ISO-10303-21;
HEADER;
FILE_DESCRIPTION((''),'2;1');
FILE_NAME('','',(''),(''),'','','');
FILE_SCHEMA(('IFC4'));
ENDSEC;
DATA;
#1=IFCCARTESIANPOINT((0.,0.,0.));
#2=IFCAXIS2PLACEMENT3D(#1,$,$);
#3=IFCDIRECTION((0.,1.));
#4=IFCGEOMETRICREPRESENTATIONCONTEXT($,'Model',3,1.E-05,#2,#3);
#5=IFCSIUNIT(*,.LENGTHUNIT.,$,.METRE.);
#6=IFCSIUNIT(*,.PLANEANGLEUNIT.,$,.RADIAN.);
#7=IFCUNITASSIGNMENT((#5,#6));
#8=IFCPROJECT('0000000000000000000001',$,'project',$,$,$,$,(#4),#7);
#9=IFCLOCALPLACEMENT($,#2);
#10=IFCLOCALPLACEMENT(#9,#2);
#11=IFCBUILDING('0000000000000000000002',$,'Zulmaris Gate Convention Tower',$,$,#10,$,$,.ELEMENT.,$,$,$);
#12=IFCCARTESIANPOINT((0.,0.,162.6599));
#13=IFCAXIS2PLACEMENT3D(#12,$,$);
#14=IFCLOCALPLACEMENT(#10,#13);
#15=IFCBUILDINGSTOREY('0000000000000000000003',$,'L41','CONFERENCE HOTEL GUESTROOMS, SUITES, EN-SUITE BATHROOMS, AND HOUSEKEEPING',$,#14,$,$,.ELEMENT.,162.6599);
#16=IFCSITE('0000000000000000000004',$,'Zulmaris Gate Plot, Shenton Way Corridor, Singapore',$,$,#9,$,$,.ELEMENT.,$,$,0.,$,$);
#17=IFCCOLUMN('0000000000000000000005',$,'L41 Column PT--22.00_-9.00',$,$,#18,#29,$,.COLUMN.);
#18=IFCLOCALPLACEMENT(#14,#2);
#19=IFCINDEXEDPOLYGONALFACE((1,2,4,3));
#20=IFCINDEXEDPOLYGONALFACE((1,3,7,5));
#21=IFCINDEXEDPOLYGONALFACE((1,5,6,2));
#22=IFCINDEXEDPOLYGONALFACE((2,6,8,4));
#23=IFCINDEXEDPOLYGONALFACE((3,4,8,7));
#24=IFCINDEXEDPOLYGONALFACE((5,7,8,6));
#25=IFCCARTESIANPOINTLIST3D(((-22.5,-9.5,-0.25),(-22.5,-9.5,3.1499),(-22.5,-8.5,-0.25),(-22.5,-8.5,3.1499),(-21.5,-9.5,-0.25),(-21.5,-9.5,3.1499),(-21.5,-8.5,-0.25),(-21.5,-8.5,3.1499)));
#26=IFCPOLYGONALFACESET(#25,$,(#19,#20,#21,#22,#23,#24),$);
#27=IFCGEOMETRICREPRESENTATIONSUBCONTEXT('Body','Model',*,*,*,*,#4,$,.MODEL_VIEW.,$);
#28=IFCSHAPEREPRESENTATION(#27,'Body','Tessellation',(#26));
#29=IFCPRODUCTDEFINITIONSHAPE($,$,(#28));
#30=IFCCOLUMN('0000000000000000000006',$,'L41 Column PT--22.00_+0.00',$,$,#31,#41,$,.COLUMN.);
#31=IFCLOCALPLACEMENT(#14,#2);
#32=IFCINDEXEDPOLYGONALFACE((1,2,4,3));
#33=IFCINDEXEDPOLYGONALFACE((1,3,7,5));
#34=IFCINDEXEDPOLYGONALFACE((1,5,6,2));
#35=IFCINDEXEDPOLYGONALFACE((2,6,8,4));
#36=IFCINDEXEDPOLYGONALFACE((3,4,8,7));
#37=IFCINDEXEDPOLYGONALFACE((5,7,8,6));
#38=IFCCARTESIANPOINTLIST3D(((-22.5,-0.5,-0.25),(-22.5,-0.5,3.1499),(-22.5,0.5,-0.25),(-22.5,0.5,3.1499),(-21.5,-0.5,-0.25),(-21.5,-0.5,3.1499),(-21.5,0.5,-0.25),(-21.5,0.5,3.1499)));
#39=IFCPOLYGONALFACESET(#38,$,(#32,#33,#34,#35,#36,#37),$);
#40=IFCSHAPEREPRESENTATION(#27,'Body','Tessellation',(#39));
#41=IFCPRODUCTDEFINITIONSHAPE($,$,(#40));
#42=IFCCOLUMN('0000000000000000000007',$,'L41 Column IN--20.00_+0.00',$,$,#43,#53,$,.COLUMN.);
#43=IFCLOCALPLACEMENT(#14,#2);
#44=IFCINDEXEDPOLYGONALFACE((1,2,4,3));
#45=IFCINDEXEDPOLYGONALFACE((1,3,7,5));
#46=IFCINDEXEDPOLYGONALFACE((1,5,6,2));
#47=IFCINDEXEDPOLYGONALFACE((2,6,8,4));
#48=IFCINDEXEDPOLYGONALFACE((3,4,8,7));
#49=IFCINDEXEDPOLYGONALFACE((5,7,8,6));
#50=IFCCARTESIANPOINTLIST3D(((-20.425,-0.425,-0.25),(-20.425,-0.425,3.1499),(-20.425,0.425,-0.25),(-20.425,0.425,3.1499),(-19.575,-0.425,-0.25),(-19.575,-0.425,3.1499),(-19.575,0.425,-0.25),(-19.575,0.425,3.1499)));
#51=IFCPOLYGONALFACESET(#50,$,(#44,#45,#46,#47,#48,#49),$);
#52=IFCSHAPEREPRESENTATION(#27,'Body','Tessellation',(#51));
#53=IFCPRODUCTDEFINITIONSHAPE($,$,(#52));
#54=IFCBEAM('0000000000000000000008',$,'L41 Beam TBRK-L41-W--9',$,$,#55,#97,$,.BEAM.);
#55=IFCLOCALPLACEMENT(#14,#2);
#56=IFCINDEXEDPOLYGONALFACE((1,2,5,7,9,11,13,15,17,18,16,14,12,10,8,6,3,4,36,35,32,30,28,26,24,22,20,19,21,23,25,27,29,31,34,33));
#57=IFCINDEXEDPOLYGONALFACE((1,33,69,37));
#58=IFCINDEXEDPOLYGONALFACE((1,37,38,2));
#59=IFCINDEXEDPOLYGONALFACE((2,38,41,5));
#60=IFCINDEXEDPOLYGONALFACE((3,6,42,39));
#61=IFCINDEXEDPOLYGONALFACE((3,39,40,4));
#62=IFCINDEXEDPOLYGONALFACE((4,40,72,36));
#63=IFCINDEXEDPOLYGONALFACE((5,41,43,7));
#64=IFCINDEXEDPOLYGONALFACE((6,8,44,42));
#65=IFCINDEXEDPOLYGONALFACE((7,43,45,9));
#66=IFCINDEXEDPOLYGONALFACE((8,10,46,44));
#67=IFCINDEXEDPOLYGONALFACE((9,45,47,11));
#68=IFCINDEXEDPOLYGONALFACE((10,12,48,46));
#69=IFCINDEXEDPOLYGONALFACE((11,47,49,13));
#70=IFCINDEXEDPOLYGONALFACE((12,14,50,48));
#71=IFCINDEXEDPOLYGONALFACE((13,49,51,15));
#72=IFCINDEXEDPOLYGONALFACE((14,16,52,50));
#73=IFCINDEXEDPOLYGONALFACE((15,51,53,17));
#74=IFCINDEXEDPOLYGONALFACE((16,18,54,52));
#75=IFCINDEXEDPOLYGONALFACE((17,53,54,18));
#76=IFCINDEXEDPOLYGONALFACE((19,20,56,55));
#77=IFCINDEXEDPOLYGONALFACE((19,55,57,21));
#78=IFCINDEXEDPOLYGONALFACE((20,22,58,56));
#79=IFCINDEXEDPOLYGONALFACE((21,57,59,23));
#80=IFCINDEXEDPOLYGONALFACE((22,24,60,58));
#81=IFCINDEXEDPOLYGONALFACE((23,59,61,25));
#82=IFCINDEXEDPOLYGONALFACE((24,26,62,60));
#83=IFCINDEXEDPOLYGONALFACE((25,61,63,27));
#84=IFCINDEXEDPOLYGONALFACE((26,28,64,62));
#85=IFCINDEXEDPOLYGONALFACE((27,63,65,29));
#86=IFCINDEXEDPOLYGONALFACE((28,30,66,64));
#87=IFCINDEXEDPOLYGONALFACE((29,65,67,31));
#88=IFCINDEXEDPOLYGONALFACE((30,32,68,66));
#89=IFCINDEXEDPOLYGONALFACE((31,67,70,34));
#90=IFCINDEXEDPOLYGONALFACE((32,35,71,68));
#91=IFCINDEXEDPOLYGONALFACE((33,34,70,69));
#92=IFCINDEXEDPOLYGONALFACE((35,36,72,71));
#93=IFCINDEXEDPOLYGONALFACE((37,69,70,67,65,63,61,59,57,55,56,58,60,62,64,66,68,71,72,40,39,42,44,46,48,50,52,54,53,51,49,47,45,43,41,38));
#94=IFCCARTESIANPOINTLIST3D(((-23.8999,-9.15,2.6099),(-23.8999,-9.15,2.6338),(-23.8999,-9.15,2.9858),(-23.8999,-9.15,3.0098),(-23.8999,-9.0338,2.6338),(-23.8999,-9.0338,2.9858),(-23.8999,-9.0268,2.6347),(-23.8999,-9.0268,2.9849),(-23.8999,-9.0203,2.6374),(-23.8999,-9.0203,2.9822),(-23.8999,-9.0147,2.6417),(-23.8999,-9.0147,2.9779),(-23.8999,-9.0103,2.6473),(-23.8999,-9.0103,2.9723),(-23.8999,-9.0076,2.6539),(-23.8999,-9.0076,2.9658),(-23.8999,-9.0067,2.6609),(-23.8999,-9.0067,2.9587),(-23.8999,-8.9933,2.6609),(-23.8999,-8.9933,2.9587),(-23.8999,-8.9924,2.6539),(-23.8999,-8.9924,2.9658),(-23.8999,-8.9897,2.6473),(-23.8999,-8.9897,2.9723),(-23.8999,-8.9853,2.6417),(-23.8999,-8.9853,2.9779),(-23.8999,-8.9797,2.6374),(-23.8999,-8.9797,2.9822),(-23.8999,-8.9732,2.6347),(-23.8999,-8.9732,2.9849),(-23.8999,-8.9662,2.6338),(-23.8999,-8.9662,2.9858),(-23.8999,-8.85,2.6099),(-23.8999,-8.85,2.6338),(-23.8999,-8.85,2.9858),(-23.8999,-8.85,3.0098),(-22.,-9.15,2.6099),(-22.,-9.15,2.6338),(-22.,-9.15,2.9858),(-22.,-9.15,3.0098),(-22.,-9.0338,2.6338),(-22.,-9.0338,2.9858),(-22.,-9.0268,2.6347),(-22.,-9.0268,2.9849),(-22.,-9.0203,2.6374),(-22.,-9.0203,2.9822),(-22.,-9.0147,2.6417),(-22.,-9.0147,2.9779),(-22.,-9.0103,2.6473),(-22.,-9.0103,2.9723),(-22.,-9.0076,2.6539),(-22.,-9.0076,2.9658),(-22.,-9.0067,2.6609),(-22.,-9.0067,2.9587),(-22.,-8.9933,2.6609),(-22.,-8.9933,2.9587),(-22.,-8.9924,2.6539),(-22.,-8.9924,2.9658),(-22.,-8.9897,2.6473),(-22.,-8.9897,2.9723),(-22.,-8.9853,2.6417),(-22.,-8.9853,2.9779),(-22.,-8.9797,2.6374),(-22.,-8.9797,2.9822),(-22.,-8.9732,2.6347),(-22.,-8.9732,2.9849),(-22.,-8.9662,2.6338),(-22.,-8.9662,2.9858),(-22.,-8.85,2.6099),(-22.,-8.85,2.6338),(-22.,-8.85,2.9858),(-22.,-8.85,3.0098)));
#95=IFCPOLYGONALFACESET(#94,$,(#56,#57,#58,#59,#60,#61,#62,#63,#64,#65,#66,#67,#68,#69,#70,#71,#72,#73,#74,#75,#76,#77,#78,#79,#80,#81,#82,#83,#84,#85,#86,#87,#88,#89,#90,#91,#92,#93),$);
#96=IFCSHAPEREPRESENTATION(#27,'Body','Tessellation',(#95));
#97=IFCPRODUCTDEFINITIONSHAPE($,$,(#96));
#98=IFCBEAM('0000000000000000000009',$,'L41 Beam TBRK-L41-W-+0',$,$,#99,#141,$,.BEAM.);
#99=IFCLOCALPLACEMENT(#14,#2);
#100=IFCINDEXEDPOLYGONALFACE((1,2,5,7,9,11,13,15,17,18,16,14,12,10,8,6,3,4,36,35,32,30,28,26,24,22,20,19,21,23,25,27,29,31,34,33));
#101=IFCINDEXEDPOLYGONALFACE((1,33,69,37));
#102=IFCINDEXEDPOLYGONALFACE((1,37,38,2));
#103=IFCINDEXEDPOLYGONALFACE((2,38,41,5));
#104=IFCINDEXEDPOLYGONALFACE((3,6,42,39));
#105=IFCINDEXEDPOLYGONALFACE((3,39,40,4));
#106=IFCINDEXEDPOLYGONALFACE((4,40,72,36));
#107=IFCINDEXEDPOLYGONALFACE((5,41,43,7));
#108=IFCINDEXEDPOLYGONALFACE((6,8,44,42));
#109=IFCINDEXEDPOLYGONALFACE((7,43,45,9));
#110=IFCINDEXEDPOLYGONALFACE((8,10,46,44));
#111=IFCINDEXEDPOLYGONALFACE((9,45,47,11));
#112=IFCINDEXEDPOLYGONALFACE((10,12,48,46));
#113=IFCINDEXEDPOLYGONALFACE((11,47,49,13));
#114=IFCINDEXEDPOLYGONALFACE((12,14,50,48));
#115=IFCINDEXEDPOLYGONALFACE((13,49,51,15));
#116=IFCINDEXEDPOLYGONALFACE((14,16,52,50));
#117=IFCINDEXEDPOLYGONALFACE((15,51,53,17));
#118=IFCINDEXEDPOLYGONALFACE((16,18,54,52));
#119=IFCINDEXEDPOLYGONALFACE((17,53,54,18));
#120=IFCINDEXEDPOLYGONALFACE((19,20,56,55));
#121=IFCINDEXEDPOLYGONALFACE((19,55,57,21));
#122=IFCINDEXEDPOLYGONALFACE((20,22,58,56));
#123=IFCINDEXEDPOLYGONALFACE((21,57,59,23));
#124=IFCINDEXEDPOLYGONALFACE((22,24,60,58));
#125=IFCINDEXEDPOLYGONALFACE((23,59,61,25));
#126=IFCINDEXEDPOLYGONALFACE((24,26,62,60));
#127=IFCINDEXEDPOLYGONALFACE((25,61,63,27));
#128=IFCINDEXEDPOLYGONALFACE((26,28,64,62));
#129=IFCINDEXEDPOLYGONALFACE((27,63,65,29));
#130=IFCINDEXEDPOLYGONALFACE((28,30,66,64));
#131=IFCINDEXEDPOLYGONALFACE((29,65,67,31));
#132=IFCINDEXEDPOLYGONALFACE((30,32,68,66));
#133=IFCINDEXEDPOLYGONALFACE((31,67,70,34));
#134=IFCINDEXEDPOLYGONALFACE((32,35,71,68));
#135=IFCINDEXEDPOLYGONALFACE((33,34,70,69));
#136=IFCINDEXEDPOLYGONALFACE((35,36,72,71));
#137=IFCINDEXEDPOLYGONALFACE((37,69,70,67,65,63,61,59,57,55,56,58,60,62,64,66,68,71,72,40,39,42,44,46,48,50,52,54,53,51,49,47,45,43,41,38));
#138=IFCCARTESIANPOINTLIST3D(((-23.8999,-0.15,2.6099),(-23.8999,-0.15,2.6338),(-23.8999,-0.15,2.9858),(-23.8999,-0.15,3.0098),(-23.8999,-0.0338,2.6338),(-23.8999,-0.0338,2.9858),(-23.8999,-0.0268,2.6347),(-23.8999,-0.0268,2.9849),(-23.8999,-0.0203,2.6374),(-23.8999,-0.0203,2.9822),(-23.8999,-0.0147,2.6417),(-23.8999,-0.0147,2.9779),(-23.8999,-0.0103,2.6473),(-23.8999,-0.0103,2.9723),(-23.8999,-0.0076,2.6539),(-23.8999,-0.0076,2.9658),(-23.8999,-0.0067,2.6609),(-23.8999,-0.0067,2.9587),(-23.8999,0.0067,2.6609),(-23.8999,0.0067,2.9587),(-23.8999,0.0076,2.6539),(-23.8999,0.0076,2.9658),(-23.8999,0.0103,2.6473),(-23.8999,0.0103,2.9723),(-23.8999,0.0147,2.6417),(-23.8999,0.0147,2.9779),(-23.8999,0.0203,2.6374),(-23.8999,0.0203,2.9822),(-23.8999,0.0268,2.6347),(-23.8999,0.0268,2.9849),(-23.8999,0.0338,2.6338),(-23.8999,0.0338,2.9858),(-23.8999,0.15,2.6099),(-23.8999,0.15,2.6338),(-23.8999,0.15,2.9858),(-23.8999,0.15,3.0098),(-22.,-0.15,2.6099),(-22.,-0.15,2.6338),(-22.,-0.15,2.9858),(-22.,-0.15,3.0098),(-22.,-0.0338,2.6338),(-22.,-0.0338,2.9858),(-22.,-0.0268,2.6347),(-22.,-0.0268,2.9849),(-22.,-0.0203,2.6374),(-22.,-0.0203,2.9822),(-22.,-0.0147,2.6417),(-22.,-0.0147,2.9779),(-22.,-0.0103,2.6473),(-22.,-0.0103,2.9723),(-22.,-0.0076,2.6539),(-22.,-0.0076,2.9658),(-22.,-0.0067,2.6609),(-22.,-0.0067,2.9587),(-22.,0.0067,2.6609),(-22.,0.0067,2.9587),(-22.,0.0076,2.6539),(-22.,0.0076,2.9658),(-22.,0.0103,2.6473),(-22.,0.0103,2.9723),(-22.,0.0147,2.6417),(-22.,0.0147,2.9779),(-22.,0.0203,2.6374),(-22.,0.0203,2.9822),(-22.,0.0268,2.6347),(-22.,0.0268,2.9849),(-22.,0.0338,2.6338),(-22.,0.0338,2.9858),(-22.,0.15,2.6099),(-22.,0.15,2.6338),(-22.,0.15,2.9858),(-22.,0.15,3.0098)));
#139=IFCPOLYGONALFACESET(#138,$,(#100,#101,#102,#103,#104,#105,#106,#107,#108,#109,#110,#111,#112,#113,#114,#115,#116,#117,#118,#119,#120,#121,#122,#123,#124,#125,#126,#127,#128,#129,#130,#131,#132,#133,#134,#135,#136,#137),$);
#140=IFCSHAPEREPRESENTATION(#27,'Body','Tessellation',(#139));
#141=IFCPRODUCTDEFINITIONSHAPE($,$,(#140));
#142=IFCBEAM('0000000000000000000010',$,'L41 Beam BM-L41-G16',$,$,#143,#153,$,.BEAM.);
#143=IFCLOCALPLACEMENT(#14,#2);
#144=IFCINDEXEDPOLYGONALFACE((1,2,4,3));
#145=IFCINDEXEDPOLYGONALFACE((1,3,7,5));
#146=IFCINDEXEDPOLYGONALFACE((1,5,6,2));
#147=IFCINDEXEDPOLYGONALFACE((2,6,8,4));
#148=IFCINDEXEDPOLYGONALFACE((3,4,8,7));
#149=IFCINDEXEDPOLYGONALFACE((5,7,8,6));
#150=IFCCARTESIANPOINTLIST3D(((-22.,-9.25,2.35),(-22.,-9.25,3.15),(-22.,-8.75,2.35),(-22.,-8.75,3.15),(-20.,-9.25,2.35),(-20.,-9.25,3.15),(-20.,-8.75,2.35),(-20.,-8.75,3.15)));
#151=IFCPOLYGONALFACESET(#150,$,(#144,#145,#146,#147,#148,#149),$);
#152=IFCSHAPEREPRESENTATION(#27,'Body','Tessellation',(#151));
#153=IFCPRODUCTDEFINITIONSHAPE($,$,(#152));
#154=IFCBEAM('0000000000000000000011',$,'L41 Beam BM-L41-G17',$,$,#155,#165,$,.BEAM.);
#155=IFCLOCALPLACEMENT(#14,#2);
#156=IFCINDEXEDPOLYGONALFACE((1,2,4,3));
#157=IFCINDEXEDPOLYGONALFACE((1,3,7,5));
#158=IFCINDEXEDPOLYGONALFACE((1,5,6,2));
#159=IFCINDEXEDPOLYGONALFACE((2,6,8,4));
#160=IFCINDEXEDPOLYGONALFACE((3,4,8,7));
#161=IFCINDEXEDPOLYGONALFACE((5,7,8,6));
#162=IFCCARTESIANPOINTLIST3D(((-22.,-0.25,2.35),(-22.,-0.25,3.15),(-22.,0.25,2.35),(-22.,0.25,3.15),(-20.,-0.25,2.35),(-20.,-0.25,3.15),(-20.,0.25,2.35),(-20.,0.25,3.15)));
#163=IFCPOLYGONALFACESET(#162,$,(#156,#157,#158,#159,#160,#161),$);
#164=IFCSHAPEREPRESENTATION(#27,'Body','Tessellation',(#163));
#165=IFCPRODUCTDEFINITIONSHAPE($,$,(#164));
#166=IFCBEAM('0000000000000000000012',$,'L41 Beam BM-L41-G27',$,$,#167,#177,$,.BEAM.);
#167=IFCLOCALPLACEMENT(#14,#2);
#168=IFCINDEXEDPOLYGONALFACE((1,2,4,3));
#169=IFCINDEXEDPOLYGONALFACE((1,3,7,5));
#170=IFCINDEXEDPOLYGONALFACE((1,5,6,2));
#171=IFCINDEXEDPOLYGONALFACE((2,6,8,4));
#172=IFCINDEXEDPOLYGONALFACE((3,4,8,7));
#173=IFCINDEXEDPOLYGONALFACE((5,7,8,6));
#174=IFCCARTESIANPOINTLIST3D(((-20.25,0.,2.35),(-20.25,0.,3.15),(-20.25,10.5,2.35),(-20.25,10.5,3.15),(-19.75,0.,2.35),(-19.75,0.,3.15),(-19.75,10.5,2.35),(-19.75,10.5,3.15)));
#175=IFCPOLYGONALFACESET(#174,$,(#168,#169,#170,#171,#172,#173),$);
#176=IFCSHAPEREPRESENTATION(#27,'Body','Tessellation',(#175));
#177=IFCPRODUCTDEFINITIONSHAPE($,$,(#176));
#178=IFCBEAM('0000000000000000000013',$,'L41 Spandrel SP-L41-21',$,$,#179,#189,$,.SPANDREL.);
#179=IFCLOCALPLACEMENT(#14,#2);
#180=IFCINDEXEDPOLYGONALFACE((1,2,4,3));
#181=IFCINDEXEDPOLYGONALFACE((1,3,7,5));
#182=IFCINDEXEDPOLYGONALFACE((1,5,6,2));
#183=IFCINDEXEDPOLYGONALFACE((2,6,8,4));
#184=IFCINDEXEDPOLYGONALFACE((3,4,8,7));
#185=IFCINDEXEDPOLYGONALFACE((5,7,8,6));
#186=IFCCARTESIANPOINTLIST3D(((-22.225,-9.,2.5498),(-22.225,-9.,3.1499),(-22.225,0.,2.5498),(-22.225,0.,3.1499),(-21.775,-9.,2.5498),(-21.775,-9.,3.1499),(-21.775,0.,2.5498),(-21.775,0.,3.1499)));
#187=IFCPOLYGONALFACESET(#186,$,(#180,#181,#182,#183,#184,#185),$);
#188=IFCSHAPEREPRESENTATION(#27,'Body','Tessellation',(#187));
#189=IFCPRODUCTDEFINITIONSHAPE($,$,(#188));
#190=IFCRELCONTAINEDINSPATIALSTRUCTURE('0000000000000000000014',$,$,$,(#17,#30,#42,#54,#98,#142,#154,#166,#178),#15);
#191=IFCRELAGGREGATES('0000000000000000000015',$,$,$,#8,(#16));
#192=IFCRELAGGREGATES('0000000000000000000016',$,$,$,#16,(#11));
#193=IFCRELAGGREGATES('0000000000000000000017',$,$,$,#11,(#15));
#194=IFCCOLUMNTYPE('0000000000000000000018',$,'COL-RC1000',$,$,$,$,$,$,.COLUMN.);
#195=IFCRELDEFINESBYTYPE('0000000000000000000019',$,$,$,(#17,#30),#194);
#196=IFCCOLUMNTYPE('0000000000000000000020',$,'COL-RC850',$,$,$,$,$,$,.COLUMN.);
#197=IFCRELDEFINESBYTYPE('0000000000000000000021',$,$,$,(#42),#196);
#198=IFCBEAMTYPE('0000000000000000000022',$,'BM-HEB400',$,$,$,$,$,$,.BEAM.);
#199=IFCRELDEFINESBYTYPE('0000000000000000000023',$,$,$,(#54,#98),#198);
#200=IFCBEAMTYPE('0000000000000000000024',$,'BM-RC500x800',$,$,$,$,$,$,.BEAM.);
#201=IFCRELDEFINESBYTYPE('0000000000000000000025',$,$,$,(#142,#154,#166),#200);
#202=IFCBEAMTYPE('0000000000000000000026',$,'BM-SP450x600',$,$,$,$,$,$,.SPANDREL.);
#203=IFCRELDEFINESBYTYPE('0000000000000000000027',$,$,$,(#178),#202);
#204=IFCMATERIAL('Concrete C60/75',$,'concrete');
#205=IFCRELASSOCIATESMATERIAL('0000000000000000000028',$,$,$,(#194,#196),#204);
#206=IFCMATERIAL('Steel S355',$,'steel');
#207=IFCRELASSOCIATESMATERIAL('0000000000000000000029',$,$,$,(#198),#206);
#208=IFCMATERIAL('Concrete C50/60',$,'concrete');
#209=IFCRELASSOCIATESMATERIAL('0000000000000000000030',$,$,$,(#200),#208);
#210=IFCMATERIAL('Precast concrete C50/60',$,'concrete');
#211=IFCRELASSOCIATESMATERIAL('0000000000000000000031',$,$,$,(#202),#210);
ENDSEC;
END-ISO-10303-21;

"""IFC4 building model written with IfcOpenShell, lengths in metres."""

from ifc_helpers import new_model, si_unit, direction, frame, origin, origin_2d, place, context, subcontext, project, spatial, rectangle, i_section, extrude, material, material_profile, profile_set, type_object, element, save


model = new_model("IFC4")

# Units and contexts
model_context = context("Model", 3, precision=1e-05, world=origin(), true_north=direction((0.0, 1.0)))
body_context = subcontext(model_context, "Body", "Model", "MODEL_VIEW")
ifc_project = project(units=[si_unit("LENGTHUNIT", "METRE"), si_unit("PLANEANGLEUNIT", "RADIAN")], contexts=[model_context])

# Site, building, storey
site_placement = place(None, origin())
site = spatial("IfcSite", under=ifc_project, at=site_placement, Name="Zulmaris Gate Plot, Shenton Way Corridor, Singapore", CompositionType="ELEMENT", RefElevation=0.0)
building_placement = place(site_placement, origin())
building = spatial("IfcBuilding", under=site, at=building_placement, Name="Zulmaris Gate Convention Tower", CompositionType="ELEMENT")
storey_placement = place(building_placement, frame((0.0, 0.0, 162.6599)))
storey = spatial("IfcBuildingStorey", under=building, at=storey_placement, Name="L41", Description="CONFERENCE HOTEL GUESTROOMS, SUITES, EN-SUITE BATHROOMS, AND HOUSEKEEPING", CompositionType="ELEMENT", Elevation=162.6599)

# Columns
ifc_material_1 = material(Name="Concrete C60/75", Category="concrete")
ifc_material_profile_1 = material_profile(ifc_material_1, rectangle(XDim=1.0, YDim=1.0, at=origin_2d()), Name="RC COL 1000x1000")
ifc_profile_set_1 = profile_set([ifc_material_profile_1], Name="Concrete C60/75")
column_type_1 = type_object("IfcColumnType", Name="COL-RC1000", PredefinedType="COLUMN", material=ifc_profile_set_1)
for number, where, z_axis, x_axis, name in (
    (1, (-22.0, -9.0, -0.25), (0.0, 0.0, 1.0), (1.0, 0.0, 0.0), "L41 Column PT--22.00_-9.00"),
    (2, (-22.0, 0.0, -0.25), (0.0, 0.0, 1.0), (1.0, 0.0, 0.0), "L41 Column PT--22.00_+0.00"),
):
    element("IfcColumn", number, at=place(storey_placement, frame(where, z_axis=z_axis, x_axis=x_axis)), inside=storey, type_object=column_type_1, Name=name, PredefinedType="COLUMN", context=body_context, shape_type="SweptSolid", body=[
        extrude(rectangle(XDim=1.0, YDim=1.0, at=origin_2d()), origin(), (0.0, 0.0, 1.0), 3.3999),
    ])
ifc_material_profile_2 = material_profile(ifc_material_1, rectangle(XDim=0.8501, YDim=0.8501, at=origin_2d()), Name="RC COL 850x850")
ifc_profile_set_2 = profile_set([ifc_material_profile_2], Name="Concrete C60/75")
column_type_2 = type_object("IfcColumnType", Name="COL-RC850", PredefinedType="COLUMN", material=ifc_profile_set_2)
column_placement = place(storey_placement, frame((-20.0, 0.0, -0.25), z_axis=(0.0, 0.0, 1.0), x_axis=(1.0, 0.0, 0.0)))
element("IfcColumn", 3, at=column_placement, inside=storey, type_object=column_type_2, Name="L41 Column IN--20.00_+0.00", PredefinedType="COLUMN", context=body_context, shape_type="SweptSolid", body=[
    extrude(rectangle(XDim=0.8501, YDim=0.8501, at=origin_2d()), origin(), (0.0, 0.0, 1.0), 3.3999),
])

# Beams
ifc_material_2 = material(Name="Steel S355", Category="steel")
ifc_material_profile_3 = material_profile(ifc_material_2, i_section(OverallWidth=0.3, OverallDepth=0.3999, WebThickness=0.0134, FlangeThickness=0.0239, FilletRadius=0.0271, at=origin_2d()), Name="HEB 400")
ifc_profile_set_3 = profile_set([ifc_material_profile_3], Name="Steel S355")
beam_type_1 = type_object("IfcBeamType", Name="BM-HEB400", PredefinedType="BEAM", material=ifc_profile_set_3)
for number, where, z_axis, x_axis, name in (
    (4, (-23.8999, -9.0, 2.8098), (1.0, 0.0, 0.0), (0.0, 1.0, 0.0), "L41 Beam TBRK-L41-W--9"),
    (5, (-23.8999, 0.0, 2.8098), (1.0, 0.0, 0.0), (0.0, 1.0, 0.0), "L41 Beam TBRK-L41-W-+0"),
):
    element("IfcBeam", number, at=place(storey_placement, frame(where, z_axis=z_axis, x_axis=x_axis)), inside=storey, type_object=beam_type_1, Name=name, PredefinedType="BEAM", context=body_context, shape_type="SweptSolid", body=[
        extrude(i_section(OverallWidth=0.3, OverallDepth=0.3999, WebThickness=0.0134, FlangeThickness=0.0239, FilletRadius=0.0271, at=origin_2d()), origin(), (0.0, 0.0, 1.0), 1.8999),
    ])
ifc_material_3 = material(Name="Concrete C50/60", Category="concrete")
ifc_material_profile_4 = material_profile(ifc_material_3, rectangle(XDim=0.5, YDim=0.8, at=origin_2d()), Name="RC BEAM 500x800")
ifc_profile_set_4 = profile_set([ifc_material_profile_4], Name="Concrete C50/60")
beam_type_2 = type_object("IfcBeamType", Name="BM-RC500x800", PredefinedType="BEAM", material=ifc_profile_set_4)
for number, where, z_axis, x_axis, name in (
    (6, (-22.0, -9.0, 2.75), (1.0, 0.0, 0.0), (0.0, 1.0, 0.0), "L41 Beam BM-L41-G16"),
    (7, (-22.0, 0.0, 2.75), (1.0, 0.0, 0.0), (0.0, 1.0, 0.0), "L41 Beam BM-L41-G17"),
):
    element("IfcBeam", number, at=place(storey_placement, frame(where, z_axis=z_axis, x_axis=x_axis)), inside=storey, type_object=beam_type_2, Name=name, PredefinedType="BEAM", context=body_context, shape_type="SweptSolid", body=[
        extrude(rectangle(XDim=0.5, YDim=0.8, at=origin_2d()), origin(), (0.0, 0.0, 1.0), 2.0),
    ])
beam_1_placement = place(storey_placement, frame((-20.0, 0.0, 2.75), z_axis=(0.0, 1.0, 0.0), x_axis=(-1.0, 0.0, 0.0)))
element("IfcBeam", 8, at=beam_1_placement, inside=storey, type_object=beam_type_2, Name="L41 Beam BM-L41-G27", PredefinedType="BEAM", context=body_context, shape_type="SweptSolid", body=[
    extrude(rectangle(XDim=0.5, YDim=0.8, at=origin_2d()), origin(), (0.0, 0.0, 1.0), 10.5),
])
ifc_material_4 = material(Name="Precast concrete C50/60", Category="concrete")
ifc_material_profile_5 = material_profile(ifc_material_4, rectangle(XDim=0.45, YDim=0.6001, at=origin_2d()), Name="RC SPANDREL 450x600")
ifc_profile_set_5 = profile_set([ifc_material_profile_5], Name="Precast concrete C50/60")
beam_type_3 = type_object("IfcBeamType", Name="BM-SP450x600", PredefinedType="SPANDREL", material=ifc_profile_set_5)
beam_2_placement = place(storey_placement, frame((-22.0, 0.0, 2.8499), z_axis=(0.0, -1.0, 0.0), x_axis=(1.0, 0.0, 0.0)))
element("IfcBeam", 9, at=beam_2_placement, inside=storey, type_object=beam_type_3, Name="L41 Spandrel SP-L41-21", PredefinedType="SPANDREL", context=body_context, shape_type="SweptSolid", body=[
    extrude(rectangle(XDim=0.45, YDim=0.6001, at=origin_2d()), origin(), (0.0, 0.0, 1.0), 9.0),
])

save(model, "model.ifc")
